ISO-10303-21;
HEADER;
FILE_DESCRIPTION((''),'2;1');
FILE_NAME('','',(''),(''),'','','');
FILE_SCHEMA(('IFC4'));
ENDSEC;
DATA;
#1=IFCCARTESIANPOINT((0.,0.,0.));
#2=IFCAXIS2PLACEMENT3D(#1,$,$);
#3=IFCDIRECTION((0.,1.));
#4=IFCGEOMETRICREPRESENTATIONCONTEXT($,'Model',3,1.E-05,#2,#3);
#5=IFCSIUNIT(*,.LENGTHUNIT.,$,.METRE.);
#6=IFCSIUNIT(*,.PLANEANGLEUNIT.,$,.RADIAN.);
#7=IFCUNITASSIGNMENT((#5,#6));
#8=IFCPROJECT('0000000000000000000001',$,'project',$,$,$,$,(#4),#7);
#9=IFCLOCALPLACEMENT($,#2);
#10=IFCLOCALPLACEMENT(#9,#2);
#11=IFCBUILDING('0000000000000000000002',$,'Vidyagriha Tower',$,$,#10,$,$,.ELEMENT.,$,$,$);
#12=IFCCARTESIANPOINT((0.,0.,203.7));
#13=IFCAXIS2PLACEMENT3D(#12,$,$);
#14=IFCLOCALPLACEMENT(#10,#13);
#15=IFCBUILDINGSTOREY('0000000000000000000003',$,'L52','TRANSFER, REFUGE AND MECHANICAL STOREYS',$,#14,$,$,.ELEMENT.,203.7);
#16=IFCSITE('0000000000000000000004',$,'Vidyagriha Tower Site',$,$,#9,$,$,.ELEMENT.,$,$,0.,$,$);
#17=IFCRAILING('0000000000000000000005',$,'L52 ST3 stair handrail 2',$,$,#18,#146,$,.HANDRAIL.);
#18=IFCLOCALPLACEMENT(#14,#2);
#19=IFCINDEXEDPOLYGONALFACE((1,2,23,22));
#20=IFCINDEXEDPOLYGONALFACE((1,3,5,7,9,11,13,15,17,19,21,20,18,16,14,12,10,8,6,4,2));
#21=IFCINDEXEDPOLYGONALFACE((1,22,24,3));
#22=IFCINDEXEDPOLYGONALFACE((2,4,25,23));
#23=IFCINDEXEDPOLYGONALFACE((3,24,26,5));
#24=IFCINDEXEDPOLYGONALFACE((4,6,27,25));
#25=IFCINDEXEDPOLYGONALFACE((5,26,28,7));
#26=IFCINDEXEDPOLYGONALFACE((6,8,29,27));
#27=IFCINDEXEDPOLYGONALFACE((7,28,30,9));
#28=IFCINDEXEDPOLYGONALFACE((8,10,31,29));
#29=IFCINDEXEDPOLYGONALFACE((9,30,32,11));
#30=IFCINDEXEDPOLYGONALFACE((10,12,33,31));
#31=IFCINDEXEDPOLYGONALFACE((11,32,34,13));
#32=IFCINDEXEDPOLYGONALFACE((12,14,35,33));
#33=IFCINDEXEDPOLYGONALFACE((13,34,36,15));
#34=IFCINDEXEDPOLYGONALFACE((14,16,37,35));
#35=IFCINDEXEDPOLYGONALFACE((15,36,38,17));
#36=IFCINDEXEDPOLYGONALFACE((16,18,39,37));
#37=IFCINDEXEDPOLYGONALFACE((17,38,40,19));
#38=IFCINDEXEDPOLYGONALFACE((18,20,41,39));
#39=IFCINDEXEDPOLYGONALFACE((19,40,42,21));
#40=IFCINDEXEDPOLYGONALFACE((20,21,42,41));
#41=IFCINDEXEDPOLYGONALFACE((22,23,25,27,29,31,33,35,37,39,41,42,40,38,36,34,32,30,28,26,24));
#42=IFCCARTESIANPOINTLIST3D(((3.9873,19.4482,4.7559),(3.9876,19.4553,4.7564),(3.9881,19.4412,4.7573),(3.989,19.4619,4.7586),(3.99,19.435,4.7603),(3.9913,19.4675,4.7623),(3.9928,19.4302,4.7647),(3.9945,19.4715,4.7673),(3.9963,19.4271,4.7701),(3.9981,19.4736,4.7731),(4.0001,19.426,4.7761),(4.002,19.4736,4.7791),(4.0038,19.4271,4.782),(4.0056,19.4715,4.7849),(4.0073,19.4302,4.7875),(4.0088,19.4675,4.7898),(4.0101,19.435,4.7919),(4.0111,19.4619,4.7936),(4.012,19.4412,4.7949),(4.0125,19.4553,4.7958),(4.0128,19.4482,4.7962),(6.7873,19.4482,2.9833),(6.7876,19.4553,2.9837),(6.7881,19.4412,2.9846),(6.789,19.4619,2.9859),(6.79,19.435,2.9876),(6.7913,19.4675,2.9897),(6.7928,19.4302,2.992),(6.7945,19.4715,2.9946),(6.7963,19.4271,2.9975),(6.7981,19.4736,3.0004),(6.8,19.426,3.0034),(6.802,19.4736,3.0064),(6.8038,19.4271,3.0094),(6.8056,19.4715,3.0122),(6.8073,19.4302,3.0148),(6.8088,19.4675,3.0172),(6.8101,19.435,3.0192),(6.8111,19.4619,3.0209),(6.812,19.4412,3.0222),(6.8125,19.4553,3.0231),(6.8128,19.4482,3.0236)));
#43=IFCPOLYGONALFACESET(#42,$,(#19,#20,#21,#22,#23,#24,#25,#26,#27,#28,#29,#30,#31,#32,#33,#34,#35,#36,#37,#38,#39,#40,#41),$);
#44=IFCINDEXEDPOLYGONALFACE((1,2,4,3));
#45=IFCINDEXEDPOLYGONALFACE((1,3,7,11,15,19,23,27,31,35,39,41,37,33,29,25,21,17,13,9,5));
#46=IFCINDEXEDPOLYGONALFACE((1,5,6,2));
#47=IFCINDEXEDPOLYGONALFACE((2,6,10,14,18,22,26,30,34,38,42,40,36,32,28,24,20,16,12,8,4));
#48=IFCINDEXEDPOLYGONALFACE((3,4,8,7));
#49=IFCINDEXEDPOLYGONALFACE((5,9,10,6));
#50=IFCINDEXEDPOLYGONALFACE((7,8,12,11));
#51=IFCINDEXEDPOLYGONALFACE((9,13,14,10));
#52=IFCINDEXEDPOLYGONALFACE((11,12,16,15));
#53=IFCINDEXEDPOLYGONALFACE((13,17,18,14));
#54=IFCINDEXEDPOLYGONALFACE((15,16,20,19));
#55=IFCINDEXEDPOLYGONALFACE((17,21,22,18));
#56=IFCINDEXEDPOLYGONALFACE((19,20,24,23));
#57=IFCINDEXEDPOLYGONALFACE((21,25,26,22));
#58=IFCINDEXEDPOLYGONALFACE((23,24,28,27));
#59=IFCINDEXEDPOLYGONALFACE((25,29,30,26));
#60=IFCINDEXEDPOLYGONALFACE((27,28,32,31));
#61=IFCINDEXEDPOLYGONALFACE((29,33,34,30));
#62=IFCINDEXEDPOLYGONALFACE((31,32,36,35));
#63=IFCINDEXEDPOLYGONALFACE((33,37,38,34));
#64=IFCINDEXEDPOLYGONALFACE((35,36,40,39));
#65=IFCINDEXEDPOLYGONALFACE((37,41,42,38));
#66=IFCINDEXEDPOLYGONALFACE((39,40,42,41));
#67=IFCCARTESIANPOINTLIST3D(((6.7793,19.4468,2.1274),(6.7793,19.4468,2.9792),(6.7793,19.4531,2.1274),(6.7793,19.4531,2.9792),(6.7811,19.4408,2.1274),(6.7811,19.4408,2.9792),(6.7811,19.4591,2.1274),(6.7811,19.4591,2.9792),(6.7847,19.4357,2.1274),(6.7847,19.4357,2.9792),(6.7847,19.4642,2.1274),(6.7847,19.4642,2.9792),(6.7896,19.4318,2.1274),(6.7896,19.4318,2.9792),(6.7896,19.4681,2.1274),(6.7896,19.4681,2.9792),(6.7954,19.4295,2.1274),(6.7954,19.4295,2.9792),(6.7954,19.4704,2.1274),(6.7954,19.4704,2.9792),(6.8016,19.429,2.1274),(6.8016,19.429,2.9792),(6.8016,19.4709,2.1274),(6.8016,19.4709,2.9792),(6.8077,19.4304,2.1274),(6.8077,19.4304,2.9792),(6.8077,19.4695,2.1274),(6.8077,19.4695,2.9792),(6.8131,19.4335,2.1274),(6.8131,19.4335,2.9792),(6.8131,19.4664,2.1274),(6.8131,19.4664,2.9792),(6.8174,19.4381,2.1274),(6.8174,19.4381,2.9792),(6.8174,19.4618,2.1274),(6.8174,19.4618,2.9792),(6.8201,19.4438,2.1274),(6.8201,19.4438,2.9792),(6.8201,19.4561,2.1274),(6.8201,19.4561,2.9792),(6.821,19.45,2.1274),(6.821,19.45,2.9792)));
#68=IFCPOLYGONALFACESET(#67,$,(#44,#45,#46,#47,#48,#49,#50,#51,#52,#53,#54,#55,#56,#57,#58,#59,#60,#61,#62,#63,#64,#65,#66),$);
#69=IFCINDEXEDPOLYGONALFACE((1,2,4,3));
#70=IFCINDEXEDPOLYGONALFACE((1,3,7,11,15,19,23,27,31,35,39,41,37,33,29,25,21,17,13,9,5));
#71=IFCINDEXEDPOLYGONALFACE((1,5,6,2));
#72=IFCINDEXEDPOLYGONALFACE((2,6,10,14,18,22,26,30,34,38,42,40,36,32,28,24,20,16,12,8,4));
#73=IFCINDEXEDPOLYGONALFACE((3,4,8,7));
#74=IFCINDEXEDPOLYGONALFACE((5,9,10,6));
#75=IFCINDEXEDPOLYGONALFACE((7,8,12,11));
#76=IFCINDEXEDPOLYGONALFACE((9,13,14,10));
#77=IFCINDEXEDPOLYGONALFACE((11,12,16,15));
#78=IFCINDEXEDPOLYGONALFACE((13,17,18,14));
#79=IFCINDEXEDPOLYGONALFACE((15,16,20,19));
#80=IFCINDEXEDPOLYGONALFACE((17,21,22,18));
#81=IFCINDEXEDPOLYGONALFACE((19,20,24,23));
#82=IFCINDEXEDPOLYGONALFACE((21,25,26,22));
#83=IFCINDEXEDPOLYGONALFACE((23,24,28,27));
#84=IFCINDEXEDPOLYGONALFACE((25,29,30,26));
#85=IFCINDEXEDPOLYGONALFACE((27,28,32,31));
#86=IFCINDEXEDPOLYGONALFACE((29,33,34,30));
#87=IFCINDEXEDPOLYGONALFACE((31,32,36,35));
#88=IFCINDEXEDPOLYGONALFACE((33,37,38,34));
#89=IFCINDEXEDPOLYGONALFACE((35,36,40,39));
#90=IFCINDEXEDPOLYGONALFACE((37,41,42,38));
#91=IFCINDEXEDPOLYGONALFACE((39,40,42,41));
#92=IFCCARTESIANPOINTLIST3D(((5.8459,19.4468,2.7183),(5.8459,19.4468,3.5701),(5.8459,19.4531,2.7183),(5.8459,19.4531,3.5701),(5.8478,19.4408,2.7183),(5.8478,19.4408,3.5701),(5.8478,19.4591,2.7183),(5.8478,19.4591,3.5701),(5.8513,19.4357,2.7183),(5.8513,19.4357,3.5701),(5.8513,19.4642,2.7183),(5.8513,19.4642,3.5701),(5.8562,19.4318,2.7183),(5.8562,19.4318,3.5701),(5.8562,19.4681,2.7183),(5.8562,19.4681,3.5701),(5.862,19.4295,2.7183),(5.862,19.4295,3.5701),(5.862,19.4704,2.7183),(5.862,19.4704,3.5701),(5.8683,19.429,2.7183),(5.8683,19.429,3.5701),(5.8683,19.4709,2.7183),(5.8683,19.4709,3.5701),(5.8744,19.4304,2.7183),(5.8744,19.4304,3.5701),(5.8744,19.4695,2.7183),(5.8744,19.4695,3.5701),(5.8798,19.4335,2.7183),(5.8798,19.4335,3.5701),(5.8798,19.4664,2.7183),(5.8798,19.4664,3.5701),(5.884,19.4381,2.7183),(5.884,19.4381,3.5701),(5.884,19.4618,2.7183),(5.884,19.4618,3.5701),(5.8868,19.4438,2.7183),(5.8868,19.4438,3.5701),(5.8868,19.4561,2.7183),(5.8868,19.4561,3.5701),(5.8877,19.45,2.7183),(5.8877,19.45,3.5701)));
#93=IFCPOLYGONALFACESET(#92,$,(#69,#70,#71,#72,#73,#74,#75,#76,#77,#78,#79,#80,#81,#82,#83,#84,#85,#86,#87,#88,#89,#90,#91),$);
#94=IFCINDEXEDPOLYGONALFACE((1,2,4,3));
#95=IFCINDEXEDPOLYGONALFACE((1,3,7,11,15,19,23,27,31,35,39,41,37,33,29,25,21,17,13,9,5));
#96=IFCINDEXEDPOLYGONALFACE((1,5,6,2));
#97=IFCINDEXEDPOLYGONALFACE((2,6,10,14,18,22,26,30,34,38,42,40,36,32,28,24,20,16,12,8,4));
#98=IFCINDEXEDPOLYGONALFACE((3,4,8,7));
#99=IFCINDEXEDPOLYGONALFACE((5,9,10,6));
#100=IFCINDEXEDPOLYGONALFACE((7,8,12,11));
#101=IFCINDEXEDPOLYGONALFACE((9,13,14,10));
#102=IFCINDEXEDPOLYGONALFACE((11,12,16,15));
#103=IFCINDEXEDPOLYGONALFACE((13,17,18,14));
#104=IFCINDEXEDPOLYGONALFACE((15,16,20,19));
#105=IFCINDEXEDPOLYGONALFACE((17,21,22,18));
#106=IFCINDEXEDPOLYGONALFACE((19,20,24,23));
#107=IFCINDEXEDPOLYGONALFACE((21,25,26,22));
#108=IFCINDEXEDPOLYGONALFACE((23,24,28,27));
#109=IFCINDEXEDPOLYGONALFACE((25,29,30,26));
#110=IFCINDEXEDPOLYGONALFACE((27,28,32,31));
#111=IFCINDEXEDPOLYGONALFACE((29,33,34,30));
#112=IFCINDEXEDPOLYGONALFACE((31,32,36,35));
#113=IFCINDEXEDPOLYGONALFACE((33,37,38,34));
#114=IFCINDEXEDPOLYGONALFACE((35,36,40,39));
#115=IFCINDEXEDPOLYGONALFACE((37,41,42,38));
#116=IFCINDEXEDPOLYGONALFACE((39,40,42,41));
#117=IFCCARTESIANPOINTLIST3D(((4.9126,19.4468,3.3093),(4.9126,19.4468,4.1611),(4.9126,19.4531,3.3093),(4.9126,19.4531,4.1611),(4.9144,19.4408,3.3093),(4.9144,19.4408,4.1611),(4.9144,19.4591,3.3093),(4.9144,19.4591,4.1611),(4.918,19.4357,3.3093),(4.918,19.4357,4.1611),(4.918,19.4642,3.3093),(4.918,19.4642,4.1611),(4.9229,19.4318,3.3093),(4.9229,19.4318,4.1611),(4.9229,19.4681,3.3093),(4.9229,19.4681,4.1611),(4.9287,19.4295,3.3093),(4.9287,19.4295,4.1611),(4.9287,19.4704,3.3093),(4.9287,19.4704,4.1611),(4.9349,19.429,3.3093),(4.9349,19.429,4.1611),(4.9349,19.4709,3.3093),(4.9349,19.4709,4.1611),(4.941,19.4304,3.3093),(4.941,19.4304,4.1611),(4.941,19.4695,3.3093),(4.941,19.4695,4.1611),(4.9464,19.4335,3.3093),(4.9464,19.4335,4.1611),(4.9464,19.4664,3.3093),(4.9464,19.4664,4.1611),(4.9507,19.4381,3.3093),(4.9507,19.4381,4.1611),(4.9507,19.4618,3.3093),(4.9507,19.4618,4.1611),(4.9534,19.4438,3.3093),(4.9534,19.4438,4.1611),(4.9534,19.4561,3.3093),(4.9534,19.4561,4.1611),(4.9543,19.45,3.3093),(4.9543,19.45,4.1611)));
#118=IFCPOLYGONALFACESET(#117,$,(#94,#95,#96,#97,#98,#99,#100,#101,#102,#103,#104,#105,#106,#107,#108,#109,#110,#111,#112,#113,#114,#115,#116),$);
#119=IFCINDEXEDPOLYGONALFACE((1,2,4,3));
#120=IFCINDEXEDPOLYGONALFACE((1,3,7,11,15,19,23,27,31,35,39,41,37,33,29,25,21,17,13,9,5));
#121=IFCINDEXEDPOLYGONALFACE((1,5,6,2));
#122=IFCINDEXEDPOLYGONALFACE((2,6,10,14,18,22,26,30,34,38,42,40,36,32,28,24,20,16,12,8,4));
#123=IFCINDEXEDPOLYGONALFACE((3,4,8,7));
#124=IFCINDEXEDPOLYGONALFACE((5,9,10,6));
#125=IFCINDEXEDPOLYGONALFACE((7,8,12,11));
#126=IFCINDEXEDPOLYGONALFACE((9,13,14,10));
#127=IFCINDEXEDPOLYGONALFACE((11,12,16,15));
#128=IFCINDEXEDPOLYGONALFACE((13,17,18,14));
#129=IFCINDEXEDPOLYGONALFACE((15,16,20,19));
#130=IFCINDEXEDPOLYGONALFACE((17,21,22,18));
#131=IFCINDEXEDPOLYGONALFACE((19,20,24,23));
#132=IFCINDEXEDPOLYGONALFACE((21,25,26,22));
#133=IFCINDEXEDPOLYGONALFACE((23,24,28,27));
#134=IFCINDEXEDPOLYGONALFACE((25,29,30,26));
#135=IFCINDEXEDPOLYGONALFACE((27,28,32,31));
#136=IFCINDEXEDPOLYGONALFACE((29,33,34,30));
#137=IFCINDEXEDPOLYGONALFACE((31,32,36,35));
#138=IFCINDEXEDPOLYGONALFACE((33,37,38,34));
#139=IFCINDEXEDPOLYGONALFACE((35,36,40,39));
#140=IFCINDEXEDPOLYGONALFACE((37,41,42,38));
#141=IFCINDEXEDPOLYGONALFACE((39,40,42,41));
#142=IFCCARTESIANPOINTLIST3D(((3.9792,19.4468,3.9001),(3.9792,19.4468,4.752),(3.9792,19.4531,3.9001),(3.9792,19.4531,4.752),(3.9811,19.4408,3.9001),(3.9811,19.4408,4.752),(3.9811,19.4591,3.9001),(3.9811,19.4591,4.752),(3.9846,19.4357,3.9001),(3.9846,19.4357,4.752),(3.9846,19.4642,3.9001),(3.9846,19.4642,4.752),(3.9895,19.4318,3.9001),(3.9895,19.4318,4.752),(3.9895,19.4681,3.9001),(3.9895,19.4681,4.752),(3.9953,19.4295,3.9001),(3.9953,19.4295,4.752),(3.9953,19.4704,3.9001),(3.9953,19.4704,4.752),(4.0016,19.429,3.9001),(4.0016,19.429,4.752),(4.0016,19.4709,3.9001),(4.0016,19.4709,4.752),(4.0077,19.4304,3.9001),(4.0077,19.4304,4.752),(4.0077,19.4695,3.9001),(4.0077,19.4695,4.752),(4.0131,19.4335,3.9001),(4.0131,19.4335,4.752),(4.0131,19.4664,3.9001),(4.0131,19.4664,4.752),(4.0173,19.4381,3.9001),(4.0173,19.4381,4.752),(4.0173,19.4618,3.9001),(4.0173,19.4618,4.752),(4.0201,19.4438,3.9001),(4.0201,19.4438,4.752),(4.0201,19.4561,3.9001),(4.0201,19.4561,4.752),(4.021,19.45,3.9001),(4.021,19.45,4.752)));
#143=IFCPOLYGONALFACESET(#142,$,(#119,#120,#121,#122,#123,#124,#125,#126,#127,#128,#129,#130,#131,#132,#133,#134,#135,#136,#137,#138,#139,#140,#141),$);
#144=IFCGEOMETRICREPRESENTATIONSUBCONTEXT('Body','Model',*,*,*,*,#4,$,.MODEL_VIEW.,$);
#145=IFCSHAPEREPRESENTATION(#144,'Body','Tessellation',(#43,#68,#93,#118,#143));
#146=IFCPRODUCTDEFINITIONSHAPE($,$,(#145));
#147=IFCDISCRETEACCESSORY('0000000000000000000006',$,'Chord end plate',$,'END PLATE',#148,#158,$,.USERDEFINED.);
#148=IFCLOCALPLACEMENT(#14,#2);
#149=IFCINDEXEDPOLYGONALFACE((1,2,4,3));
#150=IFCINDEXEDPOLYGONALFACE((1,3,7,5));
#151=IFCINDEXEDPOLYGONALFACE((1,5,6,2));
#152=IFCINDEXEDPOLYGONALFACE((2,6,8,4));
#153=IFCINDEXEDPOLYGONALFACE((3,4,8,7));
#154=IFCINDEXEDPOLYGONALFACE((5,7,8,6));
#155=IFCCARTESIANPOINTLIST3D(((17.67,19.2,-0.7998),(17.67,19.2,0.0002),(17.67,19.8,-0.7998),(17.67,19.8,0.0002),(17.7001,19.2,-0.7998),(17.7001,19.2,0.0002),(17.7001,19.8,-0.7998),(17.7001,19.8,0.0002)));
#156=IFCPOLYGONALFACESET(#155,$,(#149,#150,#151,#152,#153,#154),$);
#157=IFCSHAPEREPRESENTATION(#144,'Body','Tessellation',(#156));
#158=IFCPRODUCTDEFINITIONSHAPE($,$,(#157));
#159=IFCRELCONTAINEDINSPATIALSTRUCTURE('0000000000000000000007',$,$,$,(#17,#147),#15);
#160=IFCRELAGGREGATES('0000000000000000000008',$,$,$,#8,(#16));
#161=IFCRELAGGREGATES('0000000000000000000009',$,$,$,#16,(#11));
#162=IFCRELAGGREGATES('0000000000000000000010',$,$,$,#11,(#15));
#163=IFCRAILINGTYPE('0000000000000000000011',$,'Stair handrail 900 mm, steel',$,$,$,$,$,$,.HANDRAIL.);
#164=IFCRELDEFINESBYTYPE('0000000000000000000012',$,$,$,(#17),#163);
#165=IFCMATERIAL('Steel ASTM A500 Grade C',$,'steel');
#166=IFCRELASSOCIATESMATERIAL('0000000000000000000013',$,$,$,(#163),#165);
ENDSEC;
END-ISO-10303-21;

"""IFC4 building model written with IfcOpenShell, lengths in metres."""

from ifc_helpers import new_model, si_unit, direction, frame, origin, origin_2d, place, context, subcontext, project, spatial, rectangle, circle, extrude, material, type_object, element, save


model = new_model("IFC4")

# Units and contexts
model_context = context("Model", 3, precision=1e-05, world=origin(), true_north=direction((0.0, 1.0)))
body_context = subcontext(model_context, "Body", "Model", "MODEL_VIEW")
ifc_project = project(units=[si_unit("LENGTHUNIT", "METRE"), si_unit("PLANEANGLEUNIT", "RADIAN")], contexts=[model_context])

# Site, building, storey
site_placement = place(None, origin())
site = spatial("IfcSite", under=ifc_project, at=site_placement, Name="Vidyagriha Tower Site", CompositionType="ELEMENT", RefElevation=0.0)
building_placement = place(site_placement, origin())
building = spatial("IfcBuilding", under=site, at=building_placement, Name="Vidyagriha Tower", CompositionType="ELEMENT")
storey_placement = place(building_placement, frame((0.0, 0.0, 203.7)))
storey = spatial("IfcBuildingStorey", under=building, at=storey_placement, Name="L52", Description="TRANSFER, REFUGE AND MECHANICAL STOREYS", CompositionType="ELEMENT", Elevation=203.7)

# Railing
ifc_material_1 = material(Name="Steel ASTM A500 Grade C", Category="steel")
railing_type_1 = type_object("IfcRailingType", Name="Stair handrail 900 mm, steel", PredefinedType="HANDRAIL", material=ifc_material_1)
for number, where, name in (
    (1, (6.8, 19.45, 2.1274), "L52 ST3 stair handrail 2"),
):
    element("IfcRailing", number, at=place(storey_placement, frame(where)), inside=storey, type_object=railing_type_1, Name=name, PredefinedType="HANDRAIL", context=body_context, shape_type="SweptSolid", body=[
        extrude(circle(Radius=0.0239, at=origin_2d()), frame((0.0, 0.0, 0.876), z_axis=(-0.844909, 0.0, 0.53491), x_axis=(0.0, -1.0, 0.0)), (0.0, 0.0, 1.0), 3.314),
        extrude(circle(Radius=0.021, at=origin_2d()), origin(), (0.0, 0.0, 1.0), 0.8518),
        extrude(circle(Radius=0.021, at=origin_2d()), frame((-0.9333, 0.0, 0.5908)), (0.0, 0.0, 1.0), 0.8518),
        extrude(circle(Radius=0.021, at=origin_2d()), frame((-1.8667, 0.0, 1.1819)), (0.0, 0.0, 1.0), 0.8518),
        extrude(circle(Radius=0.021, at=origin_2d()), frame((-2.8, 0.0, 1.7727)), (0.0, 0.0, 1.0), 0.8518),
    ])

# Discrete accessory
discrete_accessory_placement = place(storey_placement, frame((17.6851, 19.5, -0.7998), z_axis=(0.0, 0.0, 1.0), x_axis=(-1.0, 0.0, 0.0)))
element("IfcDiscreteAccessory", 2, at=discrete_accessory_placement, inside=storey, Name="Chord end plate", ObjectType="END PLATE", PredefinedType="USERDEFINED", context=body_context, shape_type="SweptSolid", body=[
    extrude(rectangle(XDim=0.03, YDim=0.6001, at=origin_2d()), origin(), (0.0, 0.0, 1.0), 0.8),
])

save(model, "model.ifc")
